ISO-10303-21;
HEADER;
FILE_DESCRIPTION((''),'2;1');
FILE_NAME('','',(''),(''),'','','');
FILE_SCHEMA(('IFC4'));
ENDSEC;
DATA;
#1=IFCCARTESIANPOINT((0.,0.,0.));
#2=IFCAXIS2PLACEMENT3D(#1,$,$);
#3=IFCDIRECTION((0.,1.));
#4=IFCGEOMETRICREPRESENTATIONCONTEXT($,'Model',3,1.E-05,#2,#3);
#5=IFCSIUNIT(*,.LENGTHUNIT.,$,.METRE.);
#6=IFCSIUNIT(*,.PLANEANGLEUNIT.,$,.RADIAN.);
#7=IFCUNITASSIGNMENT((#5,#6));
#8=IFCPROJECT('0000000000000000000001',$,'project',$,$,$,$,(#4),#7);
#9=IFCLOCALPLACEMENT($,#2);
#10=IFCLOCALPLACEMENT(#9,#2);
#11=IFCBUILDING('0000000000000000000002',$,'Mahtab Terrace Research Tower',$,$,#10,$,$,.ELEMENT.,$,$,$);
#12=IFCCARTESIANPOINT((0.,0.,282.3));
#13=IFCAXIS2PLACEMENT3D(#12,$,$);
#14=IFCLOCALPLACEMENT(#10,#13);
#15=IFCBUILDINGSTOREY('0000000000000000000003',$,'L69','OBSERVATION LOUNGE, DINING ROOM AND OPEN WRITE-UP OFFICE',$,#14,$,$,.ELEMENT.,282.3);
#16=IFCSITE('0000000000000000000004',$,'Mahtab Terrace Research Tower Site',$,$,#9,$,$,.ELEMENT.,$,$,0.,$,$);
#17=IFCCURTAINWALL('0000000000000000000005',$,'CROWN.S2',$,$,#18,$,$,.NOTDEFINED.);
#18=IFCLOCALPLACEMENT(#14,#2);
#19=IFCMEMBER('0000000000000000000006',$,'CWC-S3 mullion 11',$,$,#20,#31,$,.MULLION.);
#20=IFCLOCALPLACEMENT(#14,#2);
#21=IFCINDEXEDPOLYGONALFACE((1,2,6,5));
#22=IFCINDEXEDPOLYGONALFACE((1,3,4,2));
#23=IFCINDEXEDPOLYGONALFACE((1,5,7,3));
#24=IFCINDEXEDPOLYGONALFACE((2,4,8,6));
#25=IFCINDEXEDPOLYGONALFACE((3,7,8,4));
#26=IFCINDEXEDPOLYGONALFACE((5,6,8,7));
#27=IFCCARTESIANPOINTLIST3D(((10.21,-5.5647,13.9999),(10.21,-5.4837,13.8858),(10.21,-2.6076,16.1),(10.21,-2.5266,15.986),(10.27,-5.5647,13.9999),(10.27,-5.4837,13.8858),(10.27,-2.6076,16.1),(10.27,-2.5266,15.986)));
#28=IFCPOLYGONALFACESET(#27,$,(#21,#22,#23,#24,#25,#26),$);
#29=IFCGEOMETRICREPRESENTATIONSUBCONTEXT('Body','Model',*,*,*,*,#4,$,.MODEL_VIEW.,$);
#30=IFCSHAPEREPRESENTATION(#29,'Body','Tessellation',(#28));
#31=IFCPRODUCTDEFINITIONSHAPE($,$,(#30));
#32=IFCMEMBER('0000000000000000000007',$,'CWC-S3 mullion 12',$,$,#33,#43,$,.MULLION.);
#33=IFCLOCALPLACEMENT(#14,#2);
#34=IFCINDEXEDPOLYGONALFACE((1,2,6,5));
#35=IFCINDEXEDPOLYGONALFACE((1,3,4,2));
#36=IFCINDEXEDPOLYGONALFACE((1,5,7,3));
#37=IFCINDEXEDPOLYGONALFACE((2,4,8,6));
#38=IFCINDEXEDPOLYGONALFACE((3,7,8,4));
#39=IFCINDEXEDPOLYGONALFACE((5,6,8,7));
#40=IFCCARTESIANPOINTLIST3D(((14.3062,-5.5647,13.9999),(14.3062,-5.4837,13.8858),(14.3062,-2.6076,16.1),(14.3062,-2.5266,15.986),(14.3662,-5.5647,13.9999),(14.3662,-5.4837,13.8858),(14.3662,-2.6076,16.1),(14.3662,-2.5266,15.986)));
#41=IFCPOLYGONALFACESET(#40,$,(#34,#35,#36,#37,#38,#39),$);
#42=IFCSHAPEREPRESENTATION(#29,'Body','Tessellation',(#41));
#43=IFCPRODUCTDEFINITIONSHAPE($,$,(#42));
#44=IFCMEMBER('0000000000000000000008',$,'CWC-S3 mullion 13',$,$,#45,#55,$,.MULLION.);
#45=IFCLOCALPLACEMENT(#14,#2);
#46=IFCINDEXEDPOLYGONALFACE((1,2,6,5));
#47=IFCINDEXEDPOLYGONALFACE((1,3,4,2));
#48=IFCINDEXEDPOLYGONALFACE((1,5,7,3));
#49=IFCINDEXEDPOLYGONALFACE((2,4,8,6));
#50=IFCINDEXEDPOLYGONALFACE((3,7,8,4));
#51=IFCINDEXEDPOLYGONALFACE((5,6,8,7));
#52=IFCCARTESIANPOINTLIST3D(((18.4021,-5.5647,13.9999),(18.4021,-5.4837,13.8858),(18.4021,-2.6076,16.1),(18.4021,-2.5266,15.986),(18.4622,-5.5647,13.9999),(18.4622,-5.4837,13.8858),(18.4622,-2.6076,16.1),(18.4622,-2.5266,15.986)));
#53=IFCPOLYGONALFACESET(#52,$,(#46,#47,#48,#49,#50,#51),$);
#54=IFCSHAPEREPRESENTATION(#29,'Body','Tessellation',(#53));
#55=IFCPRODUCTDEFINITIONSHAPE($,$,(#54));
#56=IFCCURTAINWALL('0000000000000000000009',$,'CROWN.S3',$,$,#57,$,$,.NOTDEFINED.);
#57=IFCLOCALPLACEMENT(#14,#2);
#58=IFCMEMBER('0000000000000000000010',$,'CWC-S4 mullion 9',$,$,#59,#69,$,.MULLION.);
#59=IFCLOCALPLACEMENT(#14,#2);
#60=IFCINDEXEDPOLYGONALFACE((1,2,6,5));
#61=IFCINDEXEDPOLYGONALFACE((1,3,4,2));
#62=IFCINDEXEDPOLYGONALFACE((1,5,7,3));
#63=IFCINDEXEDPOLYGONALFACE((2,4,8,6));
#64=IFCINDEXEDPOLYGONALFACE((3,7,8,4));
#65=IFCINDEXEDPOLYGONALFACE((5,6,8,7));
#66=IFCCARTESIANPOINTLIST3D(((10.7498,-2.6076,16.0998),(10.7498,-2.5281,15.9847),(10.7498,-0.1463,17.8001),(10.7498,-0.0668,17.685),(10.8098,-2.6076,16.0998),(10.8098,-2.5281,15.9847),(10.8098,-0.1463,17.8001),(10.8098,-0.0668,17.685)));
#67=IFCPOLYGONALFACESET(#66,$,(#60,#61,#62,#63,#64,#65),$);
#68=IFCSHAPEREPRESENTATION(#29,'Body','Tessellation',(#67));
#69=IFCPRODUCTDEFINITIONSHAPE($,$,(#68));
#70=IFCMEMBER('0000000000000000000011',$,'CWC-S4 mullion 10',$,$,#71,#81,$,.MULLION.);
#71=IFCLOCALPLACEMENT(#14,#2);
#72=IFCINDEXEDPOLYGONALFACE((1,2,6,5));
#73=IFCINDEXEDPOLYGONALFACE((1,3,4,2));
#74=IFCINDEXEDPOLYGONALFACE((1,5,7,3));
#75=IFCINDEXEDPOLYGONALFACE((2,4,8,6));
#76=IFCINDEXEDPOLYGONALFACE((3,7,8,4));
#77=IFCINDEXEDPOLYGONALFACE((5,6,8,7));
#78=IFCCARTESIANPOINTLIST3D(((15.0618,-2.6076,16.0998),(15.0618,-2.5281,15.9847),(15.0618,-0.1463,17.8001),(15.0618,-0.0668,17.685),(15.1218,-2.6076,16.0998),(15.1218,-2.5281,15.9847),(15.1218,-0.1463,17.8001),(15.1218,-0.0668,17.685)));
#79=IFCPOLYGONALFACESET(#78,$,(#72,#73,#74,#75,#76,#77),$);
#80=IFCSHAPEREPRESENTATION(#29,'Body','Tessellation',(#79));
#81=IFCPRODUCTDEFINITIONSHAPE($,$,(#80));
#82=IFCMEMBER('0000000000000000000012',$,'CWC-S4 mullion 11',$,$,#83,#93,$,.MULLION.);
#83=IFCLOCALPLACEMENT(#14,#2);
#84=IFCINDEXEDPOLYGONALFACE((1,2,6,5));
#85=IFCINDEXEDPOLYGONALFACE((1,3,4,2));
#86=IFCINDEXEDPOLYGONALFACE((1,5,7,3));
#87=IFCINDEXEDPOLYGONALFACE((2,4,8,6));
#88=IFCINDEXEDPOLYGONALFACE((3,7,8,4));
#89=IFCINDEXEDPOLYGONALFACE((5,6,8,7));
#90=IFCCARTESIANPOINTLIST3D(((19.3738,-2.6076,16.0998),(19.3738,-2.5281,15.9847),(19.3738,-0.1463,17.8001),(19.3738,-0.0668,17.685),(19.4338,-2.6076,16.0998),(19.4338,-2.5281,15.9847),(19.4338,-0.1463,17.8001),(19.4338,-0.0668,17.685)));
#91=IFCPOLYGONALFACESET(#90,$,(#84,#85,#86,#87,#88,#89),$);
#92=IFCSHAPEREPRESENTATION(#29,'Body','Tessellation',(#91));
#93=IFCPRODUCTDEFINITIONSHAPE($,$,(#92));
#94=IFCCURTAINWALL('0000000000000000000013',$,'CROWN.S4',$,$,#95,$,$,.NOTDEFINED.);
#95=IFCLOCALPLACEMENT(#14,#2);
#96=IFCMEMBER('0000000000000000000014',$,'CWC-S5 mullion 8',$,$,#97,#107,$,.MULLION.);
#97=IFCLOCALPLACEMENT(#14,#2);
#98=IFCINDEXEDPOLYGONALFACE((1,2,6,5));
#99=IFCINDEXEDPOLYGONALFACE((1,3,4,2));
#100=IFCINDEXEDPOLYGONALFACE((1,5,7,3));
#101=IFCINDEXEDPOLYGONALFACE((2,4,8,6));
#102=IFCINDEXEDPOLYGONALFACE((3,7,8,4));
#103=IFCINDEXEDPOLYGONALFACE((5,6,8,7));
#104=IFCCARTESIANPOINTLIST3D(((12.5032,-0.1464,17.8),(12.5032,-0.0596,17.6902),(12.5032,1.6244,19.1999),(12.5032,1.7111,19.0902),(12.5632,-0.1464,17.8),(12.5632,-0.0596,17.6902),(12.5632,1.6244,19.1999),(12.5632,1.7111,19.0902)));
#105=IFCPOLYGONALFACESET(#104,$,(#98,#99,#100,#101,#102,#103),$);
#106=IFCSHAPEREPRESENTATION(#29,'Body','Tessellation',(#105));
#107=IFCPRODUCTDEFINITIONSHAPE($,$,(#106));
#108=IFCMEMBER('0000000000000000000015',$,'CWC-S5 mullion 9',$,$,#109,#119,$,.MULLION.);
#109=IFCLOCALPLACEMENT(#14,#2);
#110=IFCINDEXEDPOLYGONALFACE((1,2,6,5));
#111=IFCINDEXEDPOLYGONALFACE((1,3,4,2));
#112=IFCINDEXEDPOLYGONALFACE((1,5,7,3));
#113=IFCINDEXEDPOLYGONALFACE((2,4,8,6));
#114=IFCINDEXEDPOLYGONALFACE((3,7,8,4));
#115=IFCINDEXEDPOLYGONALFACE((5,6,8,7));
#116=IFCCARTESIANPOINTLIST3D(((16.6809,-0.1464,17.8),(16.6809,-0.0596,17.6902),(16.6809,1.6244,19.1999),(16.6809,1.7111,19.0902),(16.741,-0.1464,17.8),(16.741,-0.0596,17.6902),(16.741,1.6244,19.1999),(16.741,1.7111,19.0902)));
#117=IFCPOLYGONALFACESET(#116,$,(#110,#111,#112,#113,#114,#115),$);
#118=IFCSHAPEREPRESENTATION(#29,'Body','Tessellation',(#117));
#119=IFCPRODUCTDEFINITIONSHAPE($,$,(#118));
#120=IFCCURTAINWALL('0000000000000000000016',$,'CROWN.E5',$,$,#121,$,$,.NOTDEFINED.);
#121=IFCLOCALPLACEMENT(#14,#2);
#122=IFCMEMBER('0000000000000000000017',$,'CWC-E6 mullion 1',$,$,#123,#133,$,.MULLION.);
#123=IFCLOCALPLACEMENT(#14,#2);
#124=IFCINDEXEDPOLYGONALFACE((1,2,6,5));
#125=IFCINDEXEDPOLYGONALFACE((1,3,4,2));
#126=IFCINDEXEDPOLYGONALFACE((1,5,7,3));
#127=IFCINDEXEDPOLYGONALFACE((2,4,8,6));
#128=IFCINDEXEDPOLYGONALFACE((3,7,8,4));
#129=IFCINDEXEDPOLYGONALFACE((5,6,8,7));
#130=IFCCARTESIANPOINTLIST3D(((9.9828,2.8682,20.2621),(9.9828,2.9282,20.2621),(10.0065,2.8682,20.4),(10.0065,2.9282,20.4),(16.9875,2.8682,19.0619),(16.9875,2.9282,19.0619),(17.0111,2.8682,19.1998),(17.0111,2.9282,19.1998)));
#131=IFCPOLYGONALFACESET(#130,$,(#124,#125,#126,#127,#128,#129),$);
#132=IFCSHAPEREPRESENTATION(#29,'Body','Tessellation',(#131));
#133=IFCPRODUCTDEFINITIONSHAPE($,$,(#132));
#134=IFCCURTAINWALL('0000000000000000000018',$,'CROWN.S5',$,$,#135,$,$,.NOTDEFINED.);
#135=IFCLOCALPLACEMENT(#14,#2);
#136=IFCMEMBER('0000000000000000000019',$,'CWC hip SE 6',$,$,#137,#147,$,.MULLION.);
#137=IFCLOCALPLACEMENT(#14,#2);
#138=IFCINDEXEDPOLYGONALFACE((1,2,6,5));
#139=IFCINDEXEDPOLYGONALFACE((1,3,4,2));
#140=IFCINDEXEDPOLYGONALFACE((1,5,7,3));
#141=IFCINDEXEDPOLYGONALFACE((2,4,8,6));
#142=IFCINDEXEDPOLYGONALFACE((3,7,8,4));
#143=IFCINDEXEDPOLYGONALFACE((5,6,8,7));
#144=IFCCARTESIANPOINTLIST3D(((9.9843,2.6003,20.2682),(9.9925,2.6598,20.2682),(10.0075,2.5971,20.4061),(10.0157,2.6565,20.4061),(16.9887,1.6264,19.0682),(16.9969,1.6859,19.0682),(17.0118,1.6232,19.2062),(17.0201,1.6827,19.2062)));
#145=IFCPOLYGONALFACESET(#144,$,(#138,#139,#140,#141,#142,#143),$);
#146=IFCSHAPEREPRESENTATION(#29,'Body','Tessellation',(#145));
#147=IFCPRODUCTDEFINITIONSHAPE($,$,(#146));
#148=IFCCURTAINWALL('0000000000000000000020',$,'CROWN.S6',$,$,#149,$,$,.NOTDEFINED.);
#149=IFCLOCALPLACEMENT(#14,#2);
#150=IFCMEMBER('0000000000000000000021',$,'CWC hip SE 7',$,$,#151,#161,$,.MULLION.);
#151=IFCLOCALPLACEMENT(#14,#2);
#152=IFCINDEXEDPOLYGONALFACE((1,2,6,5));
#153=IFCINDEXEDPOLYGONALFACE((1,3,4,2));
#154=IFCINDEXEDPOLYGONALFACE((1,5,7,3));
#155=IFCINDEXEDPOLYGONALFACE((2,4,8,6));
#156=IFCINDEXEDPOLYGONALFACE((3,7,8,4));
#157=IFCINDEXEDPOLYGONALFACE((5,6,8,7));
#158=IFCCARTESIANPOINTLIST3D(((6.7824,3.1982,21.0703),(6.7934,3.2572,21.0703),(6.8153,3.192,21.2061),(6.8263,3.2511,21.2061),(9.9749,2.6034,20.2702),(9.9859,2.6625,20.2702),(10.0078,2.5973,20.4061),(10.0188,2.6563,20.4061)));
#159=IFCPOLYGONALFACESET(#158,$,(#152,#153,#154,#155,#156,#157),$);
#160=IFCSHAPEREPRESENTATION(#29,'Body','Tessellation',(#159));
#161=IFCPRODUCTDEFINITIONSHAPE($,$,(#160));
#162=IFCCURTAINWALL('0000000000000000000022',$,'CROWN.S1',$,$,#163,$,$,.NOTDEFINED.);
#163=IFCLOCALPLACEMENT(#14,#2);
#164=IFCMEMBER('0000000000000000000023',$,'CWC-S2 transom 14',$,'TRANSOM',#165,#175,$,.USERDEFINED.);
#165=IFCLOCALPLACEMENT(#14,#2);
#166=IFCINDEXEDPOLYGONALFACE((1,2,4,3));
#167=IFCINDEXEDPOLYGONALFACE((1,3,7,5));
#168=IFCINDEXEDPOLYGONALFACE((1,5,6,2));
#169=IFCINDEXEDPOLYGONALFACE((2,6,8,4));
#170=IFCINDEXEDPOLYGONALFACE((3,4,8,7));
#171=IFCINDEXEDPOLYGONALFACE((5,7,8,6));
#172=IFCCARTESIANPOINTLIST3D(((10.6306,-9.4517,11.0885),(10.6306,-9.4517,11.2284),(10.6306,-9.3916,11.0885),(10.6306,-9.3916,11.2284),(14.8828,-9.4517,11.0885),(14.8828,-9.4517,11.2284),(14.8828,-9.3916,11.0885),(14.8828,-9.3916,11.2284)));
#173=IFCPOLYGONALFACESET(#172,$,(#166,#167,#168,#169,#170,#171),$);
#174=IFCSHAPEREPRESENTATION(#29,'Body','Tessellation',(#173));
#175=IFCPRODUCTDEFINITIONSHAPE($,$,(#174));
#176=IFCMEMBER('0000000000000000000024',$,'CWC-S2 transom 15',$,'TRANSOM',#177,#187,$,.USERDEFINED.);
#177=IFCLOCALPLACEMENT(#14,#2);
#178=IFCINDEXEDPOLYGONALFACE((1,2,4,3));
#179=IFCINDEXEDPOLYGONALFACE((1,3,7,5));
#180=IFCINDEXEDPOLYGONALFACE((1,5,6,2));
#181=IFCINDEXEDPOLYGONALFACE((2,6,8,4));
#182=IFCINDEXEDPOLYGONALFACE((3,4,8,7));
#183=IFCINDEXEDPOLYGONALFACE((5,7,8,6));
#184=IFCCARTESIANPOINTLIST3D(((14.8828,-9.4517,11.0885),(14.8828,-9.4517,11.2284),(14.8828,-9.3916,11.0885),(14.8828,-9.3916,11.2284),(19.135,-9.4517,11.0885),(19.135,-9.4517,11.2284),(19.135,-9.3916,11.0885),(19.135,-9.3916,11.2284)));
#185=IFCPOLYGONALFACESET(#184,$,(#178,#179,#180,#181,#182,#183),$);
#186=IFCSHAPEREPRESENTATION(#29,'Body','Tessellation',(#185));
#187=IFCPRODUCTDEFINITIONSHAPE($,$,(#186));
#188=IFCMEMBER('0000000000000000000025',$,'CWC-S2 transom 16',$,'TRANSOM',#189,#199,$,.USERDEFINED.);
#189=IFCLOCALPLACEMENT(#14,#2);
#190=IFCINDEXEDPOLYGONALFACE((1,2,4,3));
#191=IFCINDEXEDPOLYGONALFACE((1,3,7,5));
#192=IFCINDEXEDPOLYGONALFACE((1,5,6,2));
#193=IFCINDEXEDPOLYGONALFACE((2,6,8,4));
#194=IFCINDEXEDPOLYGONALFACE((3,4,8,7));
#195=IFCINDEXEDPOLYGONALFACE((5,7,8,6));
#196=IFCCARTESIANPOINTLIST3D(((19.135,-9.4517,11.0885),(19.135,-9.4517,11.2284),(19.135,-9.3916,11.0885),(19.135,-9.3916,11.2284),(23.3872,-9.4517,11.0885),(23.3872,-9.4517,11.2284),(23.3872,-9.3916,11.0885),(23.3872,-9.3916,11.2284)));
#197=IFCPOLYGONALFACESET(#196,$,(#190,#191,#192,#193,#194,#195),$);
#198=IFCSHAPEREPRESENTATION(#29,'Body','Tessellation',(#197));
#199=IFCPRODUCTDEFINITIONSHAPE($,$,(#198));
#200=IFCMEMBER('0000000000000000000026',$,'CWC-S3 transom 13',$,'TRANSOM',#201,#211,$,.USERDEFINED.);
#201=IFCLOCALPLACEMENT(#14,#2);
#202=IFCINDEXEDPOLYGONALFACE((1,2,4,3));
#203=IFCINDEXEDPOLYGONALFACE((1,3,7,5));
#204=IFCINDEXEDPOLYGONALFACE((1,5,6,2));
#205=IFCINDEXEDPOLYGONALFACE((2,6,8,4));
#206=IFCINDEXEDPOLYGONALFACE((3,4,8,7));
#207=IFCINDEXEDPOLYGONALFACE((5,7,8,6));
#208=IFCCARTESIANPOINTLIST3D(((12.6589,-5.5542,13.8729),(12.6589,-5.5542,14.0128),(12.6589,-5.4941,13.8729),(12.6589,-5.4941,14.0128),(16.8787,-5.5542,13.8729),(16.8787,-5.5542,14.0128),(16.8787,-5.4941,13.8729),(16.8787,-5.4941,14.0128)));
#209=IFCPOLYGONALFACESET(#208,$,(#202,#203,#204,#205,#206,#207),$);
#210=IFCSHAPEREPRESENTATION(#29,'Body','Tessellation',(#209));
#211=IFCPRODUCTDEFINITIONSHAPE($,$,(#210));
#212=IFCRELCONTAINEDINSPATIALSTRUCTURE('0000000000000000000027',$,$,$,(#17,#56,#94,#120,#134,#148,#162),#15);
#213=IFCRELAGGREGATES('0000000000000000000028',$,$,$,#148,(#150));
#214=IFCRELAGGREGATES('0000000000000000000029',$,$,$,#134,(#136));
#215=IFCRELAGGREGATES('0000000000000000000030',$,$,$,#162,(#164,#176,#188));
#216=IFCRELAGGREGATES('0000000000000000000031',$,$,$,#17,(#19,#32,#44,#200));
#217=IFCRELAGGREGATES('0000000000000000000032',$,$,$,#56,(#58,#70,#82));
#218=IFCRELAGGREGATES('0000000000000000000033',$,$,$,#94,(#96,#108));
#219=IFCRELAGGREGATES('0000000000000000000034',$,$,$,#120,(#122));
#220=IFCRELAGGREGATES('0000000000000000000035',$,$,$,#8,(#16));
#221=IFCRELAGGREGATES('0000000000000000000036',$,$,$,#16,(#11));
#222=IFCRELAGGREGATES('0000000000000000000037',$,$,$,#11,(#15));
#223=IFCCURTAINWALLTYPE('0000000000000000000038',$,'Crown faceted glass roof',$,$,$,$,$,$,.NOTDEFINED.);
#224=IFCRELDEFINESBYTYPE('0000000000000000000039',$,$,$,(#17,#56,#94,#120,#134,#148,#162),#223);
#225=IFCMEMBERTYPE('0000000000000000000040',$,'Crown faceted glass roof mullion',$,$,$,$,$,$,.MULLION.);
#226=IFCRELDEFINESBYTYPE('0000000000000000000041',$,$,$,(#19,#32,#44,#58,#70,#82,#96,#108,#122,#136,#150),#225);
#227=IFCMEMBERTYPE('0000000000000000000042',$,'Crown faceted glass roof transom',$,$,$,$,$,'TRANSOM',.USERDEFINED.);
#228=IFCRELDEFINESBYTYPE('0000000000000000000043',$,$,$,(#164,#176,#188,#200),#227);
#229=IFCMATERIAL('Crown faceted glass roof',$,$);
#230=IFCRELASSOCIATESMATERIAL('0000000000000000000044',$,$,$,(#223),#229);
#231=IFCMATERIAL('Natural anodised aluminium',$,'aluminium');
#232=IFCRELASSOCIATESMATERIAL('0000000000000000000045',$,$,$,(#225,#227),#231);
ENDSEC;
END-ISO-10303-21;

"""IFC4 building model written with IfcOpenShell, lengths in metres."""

from ifc_helpers import new_model, si_unit, direction, frame, origin, origin_2d, place, context, subcontext, project, spatial, rectangle, extrude, material, material_profile, profile_set, type_object, element, aggregate, save


model = new_model("IFC4")

# Units and contexts
model_context = context("Model", 3, precision=1e-05, world=origin(), true_north=direction((0.0, 1.0)))
body_context = subcontext(model_context, "Body", "Model", "MODEL_VIEW")
ifc_project = project(units=[si_unit("LENGTHUNIT", "METRE"), si_unit("PLANEANGLEUNIT", "RADIAN")], contexts=[model_context])

# Site, building, storey
site_placement = place(None, origin())
site = spatial("IfcSite", under=ifc_project, at=site_placement, Name="Mahtab Terrace Research Tower Site", CompositionType="ELEMENT", RefElevation=0.0)
building_placement = place(site_placement, origin())
building = spatial("IfcBuilding", under=site, at=building_placement, Name="Mahtab Terrace Research Tower", CompositionType="ELEMENT")
storey_placement = place(building_placement, frame((0.0, 0.0, 282.3)))
storey = spatial("IfcBuildingStorey", under=building, at=storey_placement, Name="L69", Description="OBSERVATION LOUNGE, DINING ROOM AND OPEN WRITE-UP OFFICE", CompositionType="ELEMENT", Elevation=282.3)

# Curtain walls, members
ifc_material_1 = material(Name="Crown faceted glass roof")
curtain_wall_type = type_object("IfcCurtainWallType", Name="Crown faceted glass roof", PredefinedType="NOTDEFINED", material=ifc_material_1)
curtain_wall_1_placement = place(storey_placement, origin())
curtain_wall_1 = element("IfcCurtainWall", 1, at=curtain_wall_1_placement, inside=storey, type_object=curtain_wall_type, Name="CROWN.S2", PredefinedType="NOTDEFINED")
ifc_material_2 = material(Name="Natural anodised aluminium", Category="aluminium")
ifc_material_profile_1 = material_profile(ifc_material_2, rectangle(XDim=0.0601, YDim=0.1399, at=origin_2d()), Name="MULLION 60x140")
ifc_profile_set_1 = profile_set([ifc_material_profile_1], Name="Natural anodised aluminium")
member_type_1 = type_object("IfcMemberType", Name="Crown faceted glass roof mullion", PredefinedType="MULLION", material=ifc_profile_set_1)
member_1_placement = place(storey_placement, frame((10.24, -5.5242, 13.9429), z_axis=(0.0, 0.815304, 0.579033), x_axis=(-1.0, 0.0, 0.0)))
member_1 = element("IfcMember", 2, at=member_1_placement, type_object=member_type_1, Name="CWC-S3 mullion 11", PredefinedType="MULLION", context=body_context, shape_type="SweptSolid", body=[
    extrude(rectangle(XDim=0.0601, YDim=0.1399, at=origin_2d()), origin(), (0.0, 0.0, 1.0), 3.627),
])
member_2_placement = place(storey_placement, frame((14.3362, -5.5242, 13.9429), z_axis=(0.0, 0.815304, 0.579033), x_axis=(-1.0, 0.0, 0.0)))
member_2 = element("IfcMember", 3, at=member_2_placement, type_object=member_type_1, Name="CWC-S3 mullion 12", PredefinedType="MULLION", context=body_context, shape_type="SweptSolid", body=[
    extrude(rectangle(XDim=0.0601, YDim=0.1399, at=origin_2d()), origin(), (0.0, 0.0, 1.0), 3.627),
])
member_3_placement = place(storey_placement, frame((18.4321, -5.5242, 13.9429), z_axis=(0.0, 0.815304, 0.579033), x_axis=(-1.0, 0.0, 0.0)))
member_3 = element("IfcMember", 4, at=member_3_placement, type_object=member_type_1, Name="CWC-S3 mullion 13", PredefinedType="MULLION", context=body_context, shape_type="SweptSolid", body=[
    extrude(rectangle(XDim=0.0601, YDim=0.1399, at=origin_2d()), origin(), (0.0, 0.0, 1.0), 3.627),
])
curtain_wall_2_placement = place(storey_placement, origin())
curtain_wall_2 = element("IfcCurtainWall", 5, at=curtain_wall_2_placement, inside=storey, type_object=curtain_wall_type, Name="CROWN.S3", PredefinedType="NOTDEFINED")
member_4_placement = place(storey_placement, frame((10.7798, -2.5679, 16.0422), z_axis=(0.0, 0.822771, 0.568374), x_axis=(-1.0, 0.0, 0.0)))
member_4 = element("IfcMember", 6, at=member_4_placement, type_object=member_type_1, Name="CWC-S4 mullion 9", PredefinedType="MULLION", context=body_context, shape_type="SweptSolid", body=[
    extrude(rectangle(XDim=0.0601, YDim=0.1399, at=origin_2d()), origin(), (0.0, 0.0, 1.0), 2.9915),
])
member_5_placement = place(storey_placement, frame((15.0918, -2.5679, 16.0422), z_axis=(0.0, 0.822771, 0.568374), x_axis=(-1.0, 0.0, 0.0)))
member_5 = element("IfcMember", 7, at=member_5_placement, type_object=member_type_1, Name="CWC-S4 mullion 10", PredefinedType="MULLION", context=body_context, shape_type="SweptSolid", body=[
    extrude(rectangle(XDim=0.0601, YDim=0.1399, at=origin_2d()), origin(), (0.0, 0.0, 1.0), 2.9915),
])
member_6_placement = place(storey_placement, frame((19.4038, -2.5679, 16.0422), z_axis=(0.0, 0.822771, 0.568374), x_axis=(-1.0, 0.0, 0.0)))
member_6 = element("IfcMember", 8, at=member_6_placement, type_object=member_type_1, Name="CWC-S4 mullion 11", PredefinedType="MULLION", context=body_context, shape_type="SweptSolid", body=[
    extrude(rectangle(XDim=0.0601, YDim=0.1399, at=origin_2d()), origin(), (0.0, 0.0, 1.0), 2.9915),
])
curtain_wall_3_placement = place(storey_placement, origin())
curtain_wall_3 = element("IfcCurtainWall", 9, at=curtain_wall_3_placement, inside=storey, type_object=curtain_wall_type, Name="CROWN.S4", PredefinedType="NOTDEFINED")
member_7_placement = place(storey_placement, frame((12.5332, -0.103, 17.7451), z_axis=(0.0, 0.784465, 0.620174), x_axis=(-1.0, 0.0, 0.0)))
member_7 = element("IfcMember", 10, at=member_7_placement, type_object=member_type_1, Name="CWC-S5 mullion 8", PredefinedType="MULLION", context=body_context, shape_type="SweptSolid", body=[
    extrude(rectangle(XDim=0.0601, YDim=0.1399, at=origin_2d()), origin(), (0.0, 0.0, 1.0), 2.2573),
])
member_8_placement = place(storey_placement, frame((16.7109, -0.103, 17.7451), z_axis=(0.0, 0.784465, 0.620174), x_axis=(-1.0, 0.0, 0.0)))
member_8 = element("IfcMember", 11, at=member_8_placement, type_object=member_type_1, Name="CWC-S5 mullion 9", PredefinedType="MULLION", context=body_context, shape_type="SweptSolid", body=[
    extrude(rectangle(XDim=0.0601, YDim=0.1399, at=origin_2d()), origin(), (0.0, 0.0, 1.0), 2.2573),
])

# Curtain walls, members
curtain_wall_4_placement = place(storey_placement, origin())
curtain_wall_4 = element("IfcCurtainWall", 12, at=curtain_wall_4_placement, inside=storey, type_object=curtain_wall_type, Name="CROWN.E5", PredefinedType="NOTDEFINED")
member_9_placement = place(storey_placement, frame((16.9993, 2.8982, 19.1309), z_axis=(-0.985636, 0.0, 0.168882), x_axis=(0.0, -1.0, 0.0)))
member_9 = element("IfcMember", 13, at=member_9_placement, type_object=member_type_1, Name="CWC-E6 mullion 1", PredefinedType="MULLION", context=body_context, shape_type="SweptSolid", body=[
    extrude(rectangle(XDim=0.0601, YDim=0.1399, at=origin_2d()), origin(), (0.0, 0.0, 1.0), 7.1067),
])
curtain_wall_5_placement = place(storey_placement, origin())
curtain_wall_5 = element("IfcCurtainWall", 14, at=curtain_wall_5_placement, inside=storey, type_object=curtain_wall_type, Name="CROWN.S5", PredefinedType="NOTDEFINED")
member_10_placement = place(storey_placement, frame((17.0044, 1.6545, 19.1372), z_axis=(-0.976514, 0.135773, 0.167291), x_axis=(-0.137713, -0.990472, 0.0)))
member_10 = element("IfcMember", 15, at=member_10_placement, type_object=member_type_1, Name="CWC hip SE 6", PredefinedType="MULLION", context=body_context, shape_type="SweptSolid", body=[
    extrude(rectangle(XDim=0.0601, YDim=0.1399, at=origin_2d()), origin(), (0.0, 0.0, 1.0), 7.1729),
])
curtain_wall_6_placement = place(storey_placement, origin())
curtain_wall_6 = element("IfcCurtainWall", 16, at=curtain_wall_6_placement, inside=storey, type_object=curtain_wall_type, Name="CROWN.S6", PredefinedType="NOTDEFINED")
member_11_placement = place(storey_placement, frame((9.9968, 2.6299, 20.3381), z_axis=(-0.954543, 0.177827, 0.23922), x_axis=(-0.183145, -0.983086, 0.0)))
member_11 = element("IfcMember", 17, at=member_11_placement, type_object=member_type_1, Name="CWC hip SE 7", PredefinedType="MULLION", context=body_context, shape_type="SweptSolid", body=[
    extrude(rectangle(XDim=0.0601, YDim=0.1399, at=origin_2d()), origin(), (0.0, 0.0, 1.0), 3.3445),
])
aggregate(curtain_wall_6, [member_11])

# Curtain wall, members
curtain_wall_7_placement = place(storey_placement, origin())
curtain_wall_7 = element("IfcCurtainWall", 18, at=curtain_wall_7_placement, inside=storey, type_object=curtain_wall_type, Name="CROWN.S1", PredefinedType="NOTDEFINED")
ifc_material_profile_2 = material_profile(ifc_material_2, rectangle(XDim=0.0601, YDim=0.1399, at=origin_2d()), Name="TRANSOM 60x140")
ifc_profile_set_2 = profile_set([ifc_material_profile_2], Name="Natural anodised aluminium")
member_type_2 = type_object("IfcMemberType", Name="Crown faceted glass roof transom", ElementType="TRANSOM", PredefinedType="USERDEFINED", material=ifc_profile_set_2)
member_12_placement = place(storey_placement, frame((10.6306, -9.4216, 11.1584), z_axis=(1.0, 0.0, 0.0), x_axis=(0.0, 1.0, 0.0)))
member_12 = element("IfcMember", 19, at=member_12_placement, type_object=member_type_2, Name="CWC-S2 transom 14", ObjectType="TRANSOM", PredefinedType="USERDEFINED", context=body_context, shape_type="SweptSolid", body=[
    extrude(rectangle(XDim=0.0601, YDim=0.1399, at=origin_2d()), origin(), (0.0, 0.0, 1.0), 4.2522),
])
member_13_placement = place(storey_placement, frame((14.8828, -9.4216, 11.1584), z_axis=(1.0, 0.0, 0.0), x_axis=(0.0, 1.0, 0.0)))
member_13 = element("IfcMember", 20, at=member_13_placement, type_object=member_type_2, Name="CWC-S2 transom 15", ObjectType="TRANSOM", PredefinedType="USERDEFINED", context=body_context, shape_type="SweptSolid", body=[
    extrude(rectangle(XDim=0.0601, YDim=0.1399, at=origin_2d()), origin(), (0.0, 0.0, 1.0), 4.2522),
])
member_14_placement = place(storey_placement, frame((19.135, -9.4216, 11.1584), z_axis=(1.0, 0.0, 0.0), x_axis=(0.0, 1.0, 0.0)))
member_14 = element("IfcMember", 21, at=member_14_placement, type_object=member_type_2, Name="CWC-S2 transom 16", ObjectType="TRANSOM", PredefinedType="USERDEFINED", context=body_context, shape_type="SweptSolid", body=[
    extrude(rectangle(XDim=0.0601, YDim=0.1399, at=origin_2d()), origin(), (0.0, 0.0, 1.0), 4.2522),
])

# Member
member_15_placement = place(storey_placement, frame((12.6589, -5.5242, 13.9429), z_axis=(1.0, 0.0, 0.0), x_axis=(0.0, 1.0, 0.0)))
member_15 = element("IfcMember", 22, at=member_15_placement, type_object=member_type_2, Name="CWC-S3 transom 13", ObjectType="TRANSOM", PredefinedType="USERDEFINED", context=body_context, shape_type="SweptSolid", body=[
    extrude(rectangle(XDim=0.0601, YDim=0.1399, at=origin_2d()), origin(), (0.0, 0.0, 1.0), 4.2197),
])
aggregate(curtain_wall_5, [member_10])

aggregate(curtain_wall_7, [member_12, member_13, member_14])
aggregate(curtain_wall_1, [member_1, member_2, member_3, member_15])
aggregate(curtain_wall_2, [member_4, member_5, member_6])
aggregate(curtain_wall_3, [member_7, member_8])
aggregate(curtain_wall_4, [member_9])

save(model, "model.ifc")
